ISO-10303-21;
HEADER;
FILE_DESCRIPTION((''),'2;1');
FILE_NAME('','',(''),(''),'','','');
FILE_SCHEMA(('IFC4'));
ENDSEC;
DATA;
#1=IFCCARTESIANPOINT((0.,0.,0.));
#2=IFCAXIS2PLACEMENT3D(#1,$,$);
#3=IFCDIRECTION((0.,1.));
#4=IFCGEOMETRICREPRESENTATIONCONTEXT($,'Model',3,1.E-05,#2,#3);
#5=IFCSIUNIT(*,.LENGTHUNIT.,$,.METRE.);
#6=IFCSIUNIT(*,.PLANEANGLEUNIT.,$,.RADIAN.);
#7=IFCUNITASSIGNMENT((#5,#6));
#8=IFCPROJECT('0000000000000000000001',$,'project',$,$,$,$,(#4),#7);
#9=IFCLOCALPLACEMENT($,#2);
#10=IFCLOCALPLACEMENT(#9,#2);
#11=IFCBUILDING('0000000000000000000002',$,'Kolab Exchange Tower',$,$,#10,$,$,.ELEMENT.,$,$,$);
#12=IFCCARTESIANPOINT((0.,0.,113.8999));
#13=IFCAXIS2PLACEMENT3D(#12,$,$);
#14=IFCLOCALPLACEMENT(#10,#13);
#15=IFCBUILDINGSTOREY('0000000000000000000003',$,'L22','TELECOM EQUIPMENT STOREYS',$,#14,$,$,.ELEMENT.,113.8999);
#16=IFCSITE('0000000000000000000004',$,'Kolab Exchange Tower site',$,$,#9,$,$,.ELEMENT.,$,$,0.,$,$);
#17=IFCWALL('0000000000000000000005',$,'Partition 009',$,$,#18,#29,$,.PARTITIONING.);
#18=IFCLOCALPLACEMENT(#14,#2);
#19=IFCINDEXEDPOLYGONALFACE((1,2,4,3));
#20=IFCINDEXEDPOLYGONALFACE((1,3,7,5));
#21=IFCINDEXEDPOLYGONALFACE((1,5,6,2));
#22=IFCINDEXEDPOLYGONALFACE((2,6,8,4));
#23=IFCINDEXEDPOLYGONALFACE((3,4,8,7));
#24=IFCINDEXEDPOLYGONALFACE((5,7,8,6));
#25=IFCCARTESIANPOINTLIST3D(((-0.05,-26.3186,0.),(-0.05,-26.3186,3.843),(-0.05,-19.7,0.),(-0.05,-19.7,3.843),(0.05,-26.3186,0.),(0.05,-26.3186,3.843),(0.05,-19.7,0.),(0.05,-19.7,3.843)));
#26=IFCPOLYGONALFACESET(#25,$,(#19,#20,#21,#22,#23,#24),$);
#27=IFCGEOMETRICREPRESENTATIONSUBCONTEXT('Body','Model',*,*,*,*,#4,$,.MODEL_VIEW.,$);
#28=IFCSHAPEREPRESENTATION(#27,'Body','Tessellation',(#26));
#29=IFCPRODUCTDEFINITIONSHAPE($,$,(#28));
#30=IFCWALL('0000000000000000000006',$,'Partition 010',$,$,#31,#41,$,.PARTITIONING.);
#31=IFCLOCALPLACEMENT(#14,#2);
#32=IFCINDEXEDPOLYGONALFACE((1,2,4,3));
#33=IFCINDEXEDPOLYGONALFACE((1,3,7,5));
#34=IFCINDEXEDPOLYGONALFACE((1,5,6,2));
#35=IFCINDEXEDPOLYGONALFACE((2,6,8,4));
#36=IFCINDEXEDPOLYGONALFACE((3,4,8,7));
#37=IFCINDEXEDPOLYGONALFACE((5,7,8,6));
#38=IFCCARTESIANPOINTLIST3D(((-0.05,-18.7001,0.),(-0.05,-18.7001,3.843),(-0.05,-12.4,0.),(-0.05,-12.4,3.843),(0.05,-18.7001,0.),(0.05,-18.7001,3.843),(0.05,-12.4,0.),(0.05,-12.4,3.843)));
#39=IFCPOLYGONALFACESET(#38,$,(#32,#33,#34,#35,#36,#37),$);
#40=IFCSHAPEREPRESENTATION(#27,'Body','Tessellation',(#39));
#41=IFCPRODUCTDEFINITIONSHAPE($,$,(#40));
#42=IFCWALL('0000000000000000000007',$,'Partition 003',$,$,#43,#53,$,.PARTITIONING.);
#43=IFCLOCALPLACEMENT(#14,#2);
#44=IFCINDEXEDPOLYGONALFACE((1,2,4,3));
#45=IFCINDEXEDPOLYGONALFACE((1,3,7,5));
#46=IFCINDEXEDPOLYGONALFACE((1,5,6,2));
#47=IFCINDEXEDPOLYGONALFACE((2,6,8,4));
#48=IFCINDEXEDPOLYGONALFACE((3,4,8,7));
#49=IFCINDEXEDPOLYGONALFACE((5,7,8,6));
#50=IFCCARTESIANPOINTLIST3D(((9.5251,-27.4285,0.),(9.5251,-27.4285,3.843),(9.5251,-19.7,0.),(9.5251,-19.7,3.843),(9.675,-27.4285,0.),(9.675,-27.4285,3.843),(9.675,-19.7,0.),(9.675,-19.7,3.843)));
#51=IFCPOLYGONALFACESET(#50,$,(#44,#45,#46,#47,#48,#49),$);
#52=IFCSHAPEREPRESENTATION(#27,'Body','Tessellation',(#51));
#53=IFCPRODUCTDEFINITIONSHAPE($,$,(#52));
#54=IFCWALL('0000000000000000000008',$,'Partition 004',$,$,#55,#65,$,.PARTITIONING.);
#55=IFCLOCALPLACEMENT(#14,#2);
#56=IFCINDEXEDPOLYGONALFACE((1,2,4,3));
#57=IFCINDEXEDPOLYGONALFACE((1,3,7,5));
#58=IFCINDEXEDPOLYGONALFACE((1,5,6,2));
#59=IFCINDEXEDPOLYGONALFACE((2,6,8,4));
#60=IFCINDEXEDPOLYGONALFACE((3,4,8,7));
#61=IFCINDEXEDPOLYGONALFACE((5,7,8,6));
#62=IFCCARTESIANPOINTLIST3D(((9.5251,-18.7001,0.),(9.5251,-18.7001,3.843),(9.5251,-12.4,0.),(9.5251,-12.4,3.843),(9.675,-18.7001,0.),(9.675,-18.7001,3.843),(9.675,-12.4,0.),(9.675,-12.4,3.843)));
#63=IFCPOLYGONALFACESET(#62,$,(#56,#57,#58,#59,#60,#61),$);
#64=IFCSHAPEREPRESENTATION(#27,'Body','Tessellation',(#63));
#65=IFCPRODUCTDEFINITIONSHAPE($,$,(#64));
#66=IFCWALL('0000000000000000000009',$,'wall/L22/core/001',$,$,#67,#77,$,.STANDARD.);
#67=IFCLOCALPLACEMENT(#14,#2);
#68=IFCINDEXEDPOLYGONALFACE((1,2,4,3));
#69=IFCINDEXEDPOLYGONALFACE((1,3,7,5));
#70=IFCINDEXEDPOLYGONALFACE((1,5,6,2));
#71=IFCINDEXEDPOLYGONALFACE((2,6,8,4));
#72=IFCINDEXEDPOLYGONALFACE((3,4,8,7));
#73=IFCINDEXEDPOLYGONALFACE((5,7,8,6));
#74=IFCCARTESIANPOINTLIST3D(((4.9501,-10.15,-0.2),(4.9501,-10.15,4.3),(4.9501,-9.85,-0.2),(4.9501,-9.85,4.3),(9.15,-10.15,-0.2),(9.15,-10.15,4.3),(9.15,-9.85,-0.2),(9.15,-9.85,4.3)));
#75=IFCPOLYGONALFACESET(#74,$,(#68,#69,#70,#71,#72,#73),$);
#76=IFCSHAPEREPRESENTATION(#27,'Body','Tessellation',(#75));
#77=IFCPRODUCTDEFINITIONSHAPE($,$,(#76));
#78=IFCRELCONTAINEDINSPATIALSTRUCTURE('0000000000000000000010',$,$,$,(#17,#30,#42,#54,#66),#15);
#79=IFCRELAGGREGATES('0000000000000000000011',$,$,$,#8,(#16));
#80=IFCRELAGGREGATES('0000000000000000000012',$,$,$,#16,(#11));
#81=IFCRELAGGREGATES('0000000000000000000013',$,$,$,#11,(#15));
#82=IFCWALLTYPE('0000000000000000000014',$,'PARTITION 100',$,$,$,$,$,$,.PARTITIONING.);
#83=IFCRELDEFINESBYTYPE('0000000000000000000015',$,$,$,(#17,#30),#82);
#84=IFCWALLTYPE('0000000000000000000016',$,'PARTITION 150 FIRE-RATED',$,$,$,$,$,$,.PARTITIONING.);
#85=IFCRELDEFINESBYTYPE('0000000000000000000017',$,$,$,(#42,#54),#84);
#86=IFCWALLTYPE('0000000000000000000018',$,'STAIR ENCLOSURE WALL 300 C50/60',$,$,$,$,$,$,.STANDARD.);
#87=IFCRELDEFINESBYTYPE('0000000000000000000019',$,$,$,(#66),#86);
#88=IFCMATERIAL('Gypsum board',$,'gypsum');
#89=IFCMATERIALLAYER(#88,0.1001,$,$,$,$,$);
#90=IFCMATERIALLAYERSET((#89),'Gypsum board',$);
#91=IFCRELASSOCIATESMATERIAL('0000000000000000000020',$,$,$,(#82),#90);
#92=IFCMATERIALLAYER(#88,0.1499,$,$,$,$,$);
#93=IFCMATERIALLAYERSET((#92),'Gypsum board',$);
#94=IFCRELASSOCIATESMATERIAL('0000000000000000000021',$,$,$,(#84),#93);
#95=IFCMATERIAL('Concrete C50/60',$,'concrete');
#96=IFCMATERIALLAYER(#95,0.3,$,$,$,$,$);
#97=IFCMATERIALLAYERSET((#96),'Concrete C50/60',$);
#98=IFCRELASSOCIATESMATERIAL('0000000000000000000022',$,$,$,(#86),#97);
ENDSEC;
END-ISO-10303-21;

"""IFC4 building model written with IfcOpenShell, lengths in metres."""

from ifc_helpers import new_model, si_unit, direction, frame, frame_2d, origin, place, context, subcontext, project, spatial, rectangle, extrude, material, layer, layer_set, type_object, element, save


model = new_model("IFC4")

# Units and contexts
model_context = context("Model", 3, precision=1e-05, world=origin(), true_north=direction((0.0, 1.0)))
body_context = subcontext(model_context, "Body", "Model", "MODEL_VIEW")
ifc_project = project(units=[si_unit("LENGTHUNIT", "METRE"), si_unit("PLANEANGLEUNIT", "RADIAN")], contexts=[model_context])

# Site, building, storey
site_placement = place(None, origin())
site = spatial("IfcSite", under=ifc_project, at=site_placement, Name="Kolab Exchange Tower site", CompositionType="ELEMENT", RefElevation=0.0)
building_placement = place(site_placement, origin())
building = spatial("IfcBuilding", under=site, at=building_placement, Name="Kolab Exchange Tower", CompositionType="ELEMENT")
storey_placement = place(building_placement, frame((0.0, 0.0, 113.8999)))
storey = spatial("IfcBuildingStorey", under=building, at=storey_placement, Name="L22", Description="TELECOM EQUIPMENT STOREYS", CompositionType="ELEMENT", Elevation=113.8999)

# Walls
ifc_material_1 = material(Name="Gypsum board", Category="gypsum")
ifc_layer_1 = layer(ifc_material_1, 0.1001)
ifc_layer_set_1 = layer_set([ifc_layer_1], Name="Gypsum board")
wall_type_1 = type_object("IfcWallType", Name="PARTITION 100", PredefinedType="PARTITIONING", material=ifc_layer_set_1)
wall_1_placement = place(storey_placement, frame((0.0, -26.3186, 0.0), z_axis=(0.0, 0.0, 1.0), x_axis=(0.0, 1.0, 0.0)))
element("IfcWall", 1, at=wall_1_placement, inside=storey, type_object=wall_type_1, Name="Partition 009", PredefinedType="PARTITIONING", context=body_context, shape_type="SweptSolid", body=[
    extrude(rectangle(XDim=6.6187, YDim=0.1001, at=frame_2d((3.3093, 0.0))), origin(), (0.0, 0.0, 1.0), 3.843),
])
wall_2_placement = place(storey_placement, frame((0.0, -18.7, 0.0), z_axis=(0.0, 0.0, 1.0), x_axis=(0.0, 1.0, 0.0)))
element("IfcWall", 2, at=wall_2_placement, inside=storey, type_object=wall_type_1, Name="Partition 010", PredefinedType="PARTITIONING", context=body_context, shape_type="SweptSolid", body=[
    extrude(rectangle(XDim=6.3, YDim=0.1001, at=frame_2d((3.1499, 0.0))), origin(), (0.0, 0.0, 1.0), 3.843),
])
ifc_layer_2 = layer(ifc_material_1, 0.1499)
ifc_layer_set_2 = layer_set([ifc_layer_2], Name="Gypsum board")
wall_type_2 = type_object("IfcWallType", Name="PARTITION 150 FIRE-RATED", PredefinedType="PARTITIONING", material=ifc_layer_set_2)
wall_3_placement = place(storey_placement, frame((9.6001, -27.4285, 0.0), z_axis=(0.0, 0.0, 1.0), x_axis=(0.0, 1.0, 0.0)))
element("IfcWall", 3, at=wall_3_placement, inside=storey, type_object=wall_type_2, Name="Partition 003", PredefinedType="PARTITIONING", context=body_context, shape_type="SweptSolid", body=[
    extrude(rectangle(XDim=7.7285, YDim=0.1499, at=frame_2d((3.8643, 0.0))), origin(), (0.0, 0.0, 1.0), 3.843),
])
wall_4_placement = place(storey_placement, frame((9.6001, -18.7, 0.0), z_axis=(0.0, 0.0, 1.0), x_axis=(0.0, 1.0, 0.0)))
element("IfcWall", 4, at=wall_4_placement, inside=storey, type_object=wall_type_2, Name="Partition 004", PredefinedType="PARTITIONING", context=body_context, shape_type="SweptSolid", body=[
    extrude(rectangle(XDim=6.3, YDim=0.1499, at=frame_2d((3.1499, 0.0))), origin(), (0.0, 0.0, 1.0), 3.843),
])
ifc_material_2 = material(Name="Concrete C50/60", Category="concrete")
ifc_layer_3 = layer(ifc_material_2, 0.3)
ifc_layer_set_3 = layer_set([ifc_layer_3], Name="Concrete C50/60")
wall_type_3 = type_object("IfcWallType", Name="STAIR ENCLOSURE WALL 300 C50/60", PredefinedType="STANDARD", material=ifc_layer_set_3)
wall_5_placement = place(storey_placement, frame((4.95, -10.0, -0.2), z_axis=(0.0, 0.0, 1.0), x_axis=(1.0, 0.0, 0.0)))
element("IfcWall", 5, at=wall_5_placement, inside=storey, type_object=wall_type_3, Name="wall/L22/core/001", PredefinedType="STANDARD", context=body_context, shape_type="SweptSolid", body=[
    extrude(rectangle(XDim=4.2, YDim=0.3, at=frame_2d((2.1001, 0.0))), origin(), (0.0, 0.0, 1.0), 4.5),
])

save(model, "model.ifc")
